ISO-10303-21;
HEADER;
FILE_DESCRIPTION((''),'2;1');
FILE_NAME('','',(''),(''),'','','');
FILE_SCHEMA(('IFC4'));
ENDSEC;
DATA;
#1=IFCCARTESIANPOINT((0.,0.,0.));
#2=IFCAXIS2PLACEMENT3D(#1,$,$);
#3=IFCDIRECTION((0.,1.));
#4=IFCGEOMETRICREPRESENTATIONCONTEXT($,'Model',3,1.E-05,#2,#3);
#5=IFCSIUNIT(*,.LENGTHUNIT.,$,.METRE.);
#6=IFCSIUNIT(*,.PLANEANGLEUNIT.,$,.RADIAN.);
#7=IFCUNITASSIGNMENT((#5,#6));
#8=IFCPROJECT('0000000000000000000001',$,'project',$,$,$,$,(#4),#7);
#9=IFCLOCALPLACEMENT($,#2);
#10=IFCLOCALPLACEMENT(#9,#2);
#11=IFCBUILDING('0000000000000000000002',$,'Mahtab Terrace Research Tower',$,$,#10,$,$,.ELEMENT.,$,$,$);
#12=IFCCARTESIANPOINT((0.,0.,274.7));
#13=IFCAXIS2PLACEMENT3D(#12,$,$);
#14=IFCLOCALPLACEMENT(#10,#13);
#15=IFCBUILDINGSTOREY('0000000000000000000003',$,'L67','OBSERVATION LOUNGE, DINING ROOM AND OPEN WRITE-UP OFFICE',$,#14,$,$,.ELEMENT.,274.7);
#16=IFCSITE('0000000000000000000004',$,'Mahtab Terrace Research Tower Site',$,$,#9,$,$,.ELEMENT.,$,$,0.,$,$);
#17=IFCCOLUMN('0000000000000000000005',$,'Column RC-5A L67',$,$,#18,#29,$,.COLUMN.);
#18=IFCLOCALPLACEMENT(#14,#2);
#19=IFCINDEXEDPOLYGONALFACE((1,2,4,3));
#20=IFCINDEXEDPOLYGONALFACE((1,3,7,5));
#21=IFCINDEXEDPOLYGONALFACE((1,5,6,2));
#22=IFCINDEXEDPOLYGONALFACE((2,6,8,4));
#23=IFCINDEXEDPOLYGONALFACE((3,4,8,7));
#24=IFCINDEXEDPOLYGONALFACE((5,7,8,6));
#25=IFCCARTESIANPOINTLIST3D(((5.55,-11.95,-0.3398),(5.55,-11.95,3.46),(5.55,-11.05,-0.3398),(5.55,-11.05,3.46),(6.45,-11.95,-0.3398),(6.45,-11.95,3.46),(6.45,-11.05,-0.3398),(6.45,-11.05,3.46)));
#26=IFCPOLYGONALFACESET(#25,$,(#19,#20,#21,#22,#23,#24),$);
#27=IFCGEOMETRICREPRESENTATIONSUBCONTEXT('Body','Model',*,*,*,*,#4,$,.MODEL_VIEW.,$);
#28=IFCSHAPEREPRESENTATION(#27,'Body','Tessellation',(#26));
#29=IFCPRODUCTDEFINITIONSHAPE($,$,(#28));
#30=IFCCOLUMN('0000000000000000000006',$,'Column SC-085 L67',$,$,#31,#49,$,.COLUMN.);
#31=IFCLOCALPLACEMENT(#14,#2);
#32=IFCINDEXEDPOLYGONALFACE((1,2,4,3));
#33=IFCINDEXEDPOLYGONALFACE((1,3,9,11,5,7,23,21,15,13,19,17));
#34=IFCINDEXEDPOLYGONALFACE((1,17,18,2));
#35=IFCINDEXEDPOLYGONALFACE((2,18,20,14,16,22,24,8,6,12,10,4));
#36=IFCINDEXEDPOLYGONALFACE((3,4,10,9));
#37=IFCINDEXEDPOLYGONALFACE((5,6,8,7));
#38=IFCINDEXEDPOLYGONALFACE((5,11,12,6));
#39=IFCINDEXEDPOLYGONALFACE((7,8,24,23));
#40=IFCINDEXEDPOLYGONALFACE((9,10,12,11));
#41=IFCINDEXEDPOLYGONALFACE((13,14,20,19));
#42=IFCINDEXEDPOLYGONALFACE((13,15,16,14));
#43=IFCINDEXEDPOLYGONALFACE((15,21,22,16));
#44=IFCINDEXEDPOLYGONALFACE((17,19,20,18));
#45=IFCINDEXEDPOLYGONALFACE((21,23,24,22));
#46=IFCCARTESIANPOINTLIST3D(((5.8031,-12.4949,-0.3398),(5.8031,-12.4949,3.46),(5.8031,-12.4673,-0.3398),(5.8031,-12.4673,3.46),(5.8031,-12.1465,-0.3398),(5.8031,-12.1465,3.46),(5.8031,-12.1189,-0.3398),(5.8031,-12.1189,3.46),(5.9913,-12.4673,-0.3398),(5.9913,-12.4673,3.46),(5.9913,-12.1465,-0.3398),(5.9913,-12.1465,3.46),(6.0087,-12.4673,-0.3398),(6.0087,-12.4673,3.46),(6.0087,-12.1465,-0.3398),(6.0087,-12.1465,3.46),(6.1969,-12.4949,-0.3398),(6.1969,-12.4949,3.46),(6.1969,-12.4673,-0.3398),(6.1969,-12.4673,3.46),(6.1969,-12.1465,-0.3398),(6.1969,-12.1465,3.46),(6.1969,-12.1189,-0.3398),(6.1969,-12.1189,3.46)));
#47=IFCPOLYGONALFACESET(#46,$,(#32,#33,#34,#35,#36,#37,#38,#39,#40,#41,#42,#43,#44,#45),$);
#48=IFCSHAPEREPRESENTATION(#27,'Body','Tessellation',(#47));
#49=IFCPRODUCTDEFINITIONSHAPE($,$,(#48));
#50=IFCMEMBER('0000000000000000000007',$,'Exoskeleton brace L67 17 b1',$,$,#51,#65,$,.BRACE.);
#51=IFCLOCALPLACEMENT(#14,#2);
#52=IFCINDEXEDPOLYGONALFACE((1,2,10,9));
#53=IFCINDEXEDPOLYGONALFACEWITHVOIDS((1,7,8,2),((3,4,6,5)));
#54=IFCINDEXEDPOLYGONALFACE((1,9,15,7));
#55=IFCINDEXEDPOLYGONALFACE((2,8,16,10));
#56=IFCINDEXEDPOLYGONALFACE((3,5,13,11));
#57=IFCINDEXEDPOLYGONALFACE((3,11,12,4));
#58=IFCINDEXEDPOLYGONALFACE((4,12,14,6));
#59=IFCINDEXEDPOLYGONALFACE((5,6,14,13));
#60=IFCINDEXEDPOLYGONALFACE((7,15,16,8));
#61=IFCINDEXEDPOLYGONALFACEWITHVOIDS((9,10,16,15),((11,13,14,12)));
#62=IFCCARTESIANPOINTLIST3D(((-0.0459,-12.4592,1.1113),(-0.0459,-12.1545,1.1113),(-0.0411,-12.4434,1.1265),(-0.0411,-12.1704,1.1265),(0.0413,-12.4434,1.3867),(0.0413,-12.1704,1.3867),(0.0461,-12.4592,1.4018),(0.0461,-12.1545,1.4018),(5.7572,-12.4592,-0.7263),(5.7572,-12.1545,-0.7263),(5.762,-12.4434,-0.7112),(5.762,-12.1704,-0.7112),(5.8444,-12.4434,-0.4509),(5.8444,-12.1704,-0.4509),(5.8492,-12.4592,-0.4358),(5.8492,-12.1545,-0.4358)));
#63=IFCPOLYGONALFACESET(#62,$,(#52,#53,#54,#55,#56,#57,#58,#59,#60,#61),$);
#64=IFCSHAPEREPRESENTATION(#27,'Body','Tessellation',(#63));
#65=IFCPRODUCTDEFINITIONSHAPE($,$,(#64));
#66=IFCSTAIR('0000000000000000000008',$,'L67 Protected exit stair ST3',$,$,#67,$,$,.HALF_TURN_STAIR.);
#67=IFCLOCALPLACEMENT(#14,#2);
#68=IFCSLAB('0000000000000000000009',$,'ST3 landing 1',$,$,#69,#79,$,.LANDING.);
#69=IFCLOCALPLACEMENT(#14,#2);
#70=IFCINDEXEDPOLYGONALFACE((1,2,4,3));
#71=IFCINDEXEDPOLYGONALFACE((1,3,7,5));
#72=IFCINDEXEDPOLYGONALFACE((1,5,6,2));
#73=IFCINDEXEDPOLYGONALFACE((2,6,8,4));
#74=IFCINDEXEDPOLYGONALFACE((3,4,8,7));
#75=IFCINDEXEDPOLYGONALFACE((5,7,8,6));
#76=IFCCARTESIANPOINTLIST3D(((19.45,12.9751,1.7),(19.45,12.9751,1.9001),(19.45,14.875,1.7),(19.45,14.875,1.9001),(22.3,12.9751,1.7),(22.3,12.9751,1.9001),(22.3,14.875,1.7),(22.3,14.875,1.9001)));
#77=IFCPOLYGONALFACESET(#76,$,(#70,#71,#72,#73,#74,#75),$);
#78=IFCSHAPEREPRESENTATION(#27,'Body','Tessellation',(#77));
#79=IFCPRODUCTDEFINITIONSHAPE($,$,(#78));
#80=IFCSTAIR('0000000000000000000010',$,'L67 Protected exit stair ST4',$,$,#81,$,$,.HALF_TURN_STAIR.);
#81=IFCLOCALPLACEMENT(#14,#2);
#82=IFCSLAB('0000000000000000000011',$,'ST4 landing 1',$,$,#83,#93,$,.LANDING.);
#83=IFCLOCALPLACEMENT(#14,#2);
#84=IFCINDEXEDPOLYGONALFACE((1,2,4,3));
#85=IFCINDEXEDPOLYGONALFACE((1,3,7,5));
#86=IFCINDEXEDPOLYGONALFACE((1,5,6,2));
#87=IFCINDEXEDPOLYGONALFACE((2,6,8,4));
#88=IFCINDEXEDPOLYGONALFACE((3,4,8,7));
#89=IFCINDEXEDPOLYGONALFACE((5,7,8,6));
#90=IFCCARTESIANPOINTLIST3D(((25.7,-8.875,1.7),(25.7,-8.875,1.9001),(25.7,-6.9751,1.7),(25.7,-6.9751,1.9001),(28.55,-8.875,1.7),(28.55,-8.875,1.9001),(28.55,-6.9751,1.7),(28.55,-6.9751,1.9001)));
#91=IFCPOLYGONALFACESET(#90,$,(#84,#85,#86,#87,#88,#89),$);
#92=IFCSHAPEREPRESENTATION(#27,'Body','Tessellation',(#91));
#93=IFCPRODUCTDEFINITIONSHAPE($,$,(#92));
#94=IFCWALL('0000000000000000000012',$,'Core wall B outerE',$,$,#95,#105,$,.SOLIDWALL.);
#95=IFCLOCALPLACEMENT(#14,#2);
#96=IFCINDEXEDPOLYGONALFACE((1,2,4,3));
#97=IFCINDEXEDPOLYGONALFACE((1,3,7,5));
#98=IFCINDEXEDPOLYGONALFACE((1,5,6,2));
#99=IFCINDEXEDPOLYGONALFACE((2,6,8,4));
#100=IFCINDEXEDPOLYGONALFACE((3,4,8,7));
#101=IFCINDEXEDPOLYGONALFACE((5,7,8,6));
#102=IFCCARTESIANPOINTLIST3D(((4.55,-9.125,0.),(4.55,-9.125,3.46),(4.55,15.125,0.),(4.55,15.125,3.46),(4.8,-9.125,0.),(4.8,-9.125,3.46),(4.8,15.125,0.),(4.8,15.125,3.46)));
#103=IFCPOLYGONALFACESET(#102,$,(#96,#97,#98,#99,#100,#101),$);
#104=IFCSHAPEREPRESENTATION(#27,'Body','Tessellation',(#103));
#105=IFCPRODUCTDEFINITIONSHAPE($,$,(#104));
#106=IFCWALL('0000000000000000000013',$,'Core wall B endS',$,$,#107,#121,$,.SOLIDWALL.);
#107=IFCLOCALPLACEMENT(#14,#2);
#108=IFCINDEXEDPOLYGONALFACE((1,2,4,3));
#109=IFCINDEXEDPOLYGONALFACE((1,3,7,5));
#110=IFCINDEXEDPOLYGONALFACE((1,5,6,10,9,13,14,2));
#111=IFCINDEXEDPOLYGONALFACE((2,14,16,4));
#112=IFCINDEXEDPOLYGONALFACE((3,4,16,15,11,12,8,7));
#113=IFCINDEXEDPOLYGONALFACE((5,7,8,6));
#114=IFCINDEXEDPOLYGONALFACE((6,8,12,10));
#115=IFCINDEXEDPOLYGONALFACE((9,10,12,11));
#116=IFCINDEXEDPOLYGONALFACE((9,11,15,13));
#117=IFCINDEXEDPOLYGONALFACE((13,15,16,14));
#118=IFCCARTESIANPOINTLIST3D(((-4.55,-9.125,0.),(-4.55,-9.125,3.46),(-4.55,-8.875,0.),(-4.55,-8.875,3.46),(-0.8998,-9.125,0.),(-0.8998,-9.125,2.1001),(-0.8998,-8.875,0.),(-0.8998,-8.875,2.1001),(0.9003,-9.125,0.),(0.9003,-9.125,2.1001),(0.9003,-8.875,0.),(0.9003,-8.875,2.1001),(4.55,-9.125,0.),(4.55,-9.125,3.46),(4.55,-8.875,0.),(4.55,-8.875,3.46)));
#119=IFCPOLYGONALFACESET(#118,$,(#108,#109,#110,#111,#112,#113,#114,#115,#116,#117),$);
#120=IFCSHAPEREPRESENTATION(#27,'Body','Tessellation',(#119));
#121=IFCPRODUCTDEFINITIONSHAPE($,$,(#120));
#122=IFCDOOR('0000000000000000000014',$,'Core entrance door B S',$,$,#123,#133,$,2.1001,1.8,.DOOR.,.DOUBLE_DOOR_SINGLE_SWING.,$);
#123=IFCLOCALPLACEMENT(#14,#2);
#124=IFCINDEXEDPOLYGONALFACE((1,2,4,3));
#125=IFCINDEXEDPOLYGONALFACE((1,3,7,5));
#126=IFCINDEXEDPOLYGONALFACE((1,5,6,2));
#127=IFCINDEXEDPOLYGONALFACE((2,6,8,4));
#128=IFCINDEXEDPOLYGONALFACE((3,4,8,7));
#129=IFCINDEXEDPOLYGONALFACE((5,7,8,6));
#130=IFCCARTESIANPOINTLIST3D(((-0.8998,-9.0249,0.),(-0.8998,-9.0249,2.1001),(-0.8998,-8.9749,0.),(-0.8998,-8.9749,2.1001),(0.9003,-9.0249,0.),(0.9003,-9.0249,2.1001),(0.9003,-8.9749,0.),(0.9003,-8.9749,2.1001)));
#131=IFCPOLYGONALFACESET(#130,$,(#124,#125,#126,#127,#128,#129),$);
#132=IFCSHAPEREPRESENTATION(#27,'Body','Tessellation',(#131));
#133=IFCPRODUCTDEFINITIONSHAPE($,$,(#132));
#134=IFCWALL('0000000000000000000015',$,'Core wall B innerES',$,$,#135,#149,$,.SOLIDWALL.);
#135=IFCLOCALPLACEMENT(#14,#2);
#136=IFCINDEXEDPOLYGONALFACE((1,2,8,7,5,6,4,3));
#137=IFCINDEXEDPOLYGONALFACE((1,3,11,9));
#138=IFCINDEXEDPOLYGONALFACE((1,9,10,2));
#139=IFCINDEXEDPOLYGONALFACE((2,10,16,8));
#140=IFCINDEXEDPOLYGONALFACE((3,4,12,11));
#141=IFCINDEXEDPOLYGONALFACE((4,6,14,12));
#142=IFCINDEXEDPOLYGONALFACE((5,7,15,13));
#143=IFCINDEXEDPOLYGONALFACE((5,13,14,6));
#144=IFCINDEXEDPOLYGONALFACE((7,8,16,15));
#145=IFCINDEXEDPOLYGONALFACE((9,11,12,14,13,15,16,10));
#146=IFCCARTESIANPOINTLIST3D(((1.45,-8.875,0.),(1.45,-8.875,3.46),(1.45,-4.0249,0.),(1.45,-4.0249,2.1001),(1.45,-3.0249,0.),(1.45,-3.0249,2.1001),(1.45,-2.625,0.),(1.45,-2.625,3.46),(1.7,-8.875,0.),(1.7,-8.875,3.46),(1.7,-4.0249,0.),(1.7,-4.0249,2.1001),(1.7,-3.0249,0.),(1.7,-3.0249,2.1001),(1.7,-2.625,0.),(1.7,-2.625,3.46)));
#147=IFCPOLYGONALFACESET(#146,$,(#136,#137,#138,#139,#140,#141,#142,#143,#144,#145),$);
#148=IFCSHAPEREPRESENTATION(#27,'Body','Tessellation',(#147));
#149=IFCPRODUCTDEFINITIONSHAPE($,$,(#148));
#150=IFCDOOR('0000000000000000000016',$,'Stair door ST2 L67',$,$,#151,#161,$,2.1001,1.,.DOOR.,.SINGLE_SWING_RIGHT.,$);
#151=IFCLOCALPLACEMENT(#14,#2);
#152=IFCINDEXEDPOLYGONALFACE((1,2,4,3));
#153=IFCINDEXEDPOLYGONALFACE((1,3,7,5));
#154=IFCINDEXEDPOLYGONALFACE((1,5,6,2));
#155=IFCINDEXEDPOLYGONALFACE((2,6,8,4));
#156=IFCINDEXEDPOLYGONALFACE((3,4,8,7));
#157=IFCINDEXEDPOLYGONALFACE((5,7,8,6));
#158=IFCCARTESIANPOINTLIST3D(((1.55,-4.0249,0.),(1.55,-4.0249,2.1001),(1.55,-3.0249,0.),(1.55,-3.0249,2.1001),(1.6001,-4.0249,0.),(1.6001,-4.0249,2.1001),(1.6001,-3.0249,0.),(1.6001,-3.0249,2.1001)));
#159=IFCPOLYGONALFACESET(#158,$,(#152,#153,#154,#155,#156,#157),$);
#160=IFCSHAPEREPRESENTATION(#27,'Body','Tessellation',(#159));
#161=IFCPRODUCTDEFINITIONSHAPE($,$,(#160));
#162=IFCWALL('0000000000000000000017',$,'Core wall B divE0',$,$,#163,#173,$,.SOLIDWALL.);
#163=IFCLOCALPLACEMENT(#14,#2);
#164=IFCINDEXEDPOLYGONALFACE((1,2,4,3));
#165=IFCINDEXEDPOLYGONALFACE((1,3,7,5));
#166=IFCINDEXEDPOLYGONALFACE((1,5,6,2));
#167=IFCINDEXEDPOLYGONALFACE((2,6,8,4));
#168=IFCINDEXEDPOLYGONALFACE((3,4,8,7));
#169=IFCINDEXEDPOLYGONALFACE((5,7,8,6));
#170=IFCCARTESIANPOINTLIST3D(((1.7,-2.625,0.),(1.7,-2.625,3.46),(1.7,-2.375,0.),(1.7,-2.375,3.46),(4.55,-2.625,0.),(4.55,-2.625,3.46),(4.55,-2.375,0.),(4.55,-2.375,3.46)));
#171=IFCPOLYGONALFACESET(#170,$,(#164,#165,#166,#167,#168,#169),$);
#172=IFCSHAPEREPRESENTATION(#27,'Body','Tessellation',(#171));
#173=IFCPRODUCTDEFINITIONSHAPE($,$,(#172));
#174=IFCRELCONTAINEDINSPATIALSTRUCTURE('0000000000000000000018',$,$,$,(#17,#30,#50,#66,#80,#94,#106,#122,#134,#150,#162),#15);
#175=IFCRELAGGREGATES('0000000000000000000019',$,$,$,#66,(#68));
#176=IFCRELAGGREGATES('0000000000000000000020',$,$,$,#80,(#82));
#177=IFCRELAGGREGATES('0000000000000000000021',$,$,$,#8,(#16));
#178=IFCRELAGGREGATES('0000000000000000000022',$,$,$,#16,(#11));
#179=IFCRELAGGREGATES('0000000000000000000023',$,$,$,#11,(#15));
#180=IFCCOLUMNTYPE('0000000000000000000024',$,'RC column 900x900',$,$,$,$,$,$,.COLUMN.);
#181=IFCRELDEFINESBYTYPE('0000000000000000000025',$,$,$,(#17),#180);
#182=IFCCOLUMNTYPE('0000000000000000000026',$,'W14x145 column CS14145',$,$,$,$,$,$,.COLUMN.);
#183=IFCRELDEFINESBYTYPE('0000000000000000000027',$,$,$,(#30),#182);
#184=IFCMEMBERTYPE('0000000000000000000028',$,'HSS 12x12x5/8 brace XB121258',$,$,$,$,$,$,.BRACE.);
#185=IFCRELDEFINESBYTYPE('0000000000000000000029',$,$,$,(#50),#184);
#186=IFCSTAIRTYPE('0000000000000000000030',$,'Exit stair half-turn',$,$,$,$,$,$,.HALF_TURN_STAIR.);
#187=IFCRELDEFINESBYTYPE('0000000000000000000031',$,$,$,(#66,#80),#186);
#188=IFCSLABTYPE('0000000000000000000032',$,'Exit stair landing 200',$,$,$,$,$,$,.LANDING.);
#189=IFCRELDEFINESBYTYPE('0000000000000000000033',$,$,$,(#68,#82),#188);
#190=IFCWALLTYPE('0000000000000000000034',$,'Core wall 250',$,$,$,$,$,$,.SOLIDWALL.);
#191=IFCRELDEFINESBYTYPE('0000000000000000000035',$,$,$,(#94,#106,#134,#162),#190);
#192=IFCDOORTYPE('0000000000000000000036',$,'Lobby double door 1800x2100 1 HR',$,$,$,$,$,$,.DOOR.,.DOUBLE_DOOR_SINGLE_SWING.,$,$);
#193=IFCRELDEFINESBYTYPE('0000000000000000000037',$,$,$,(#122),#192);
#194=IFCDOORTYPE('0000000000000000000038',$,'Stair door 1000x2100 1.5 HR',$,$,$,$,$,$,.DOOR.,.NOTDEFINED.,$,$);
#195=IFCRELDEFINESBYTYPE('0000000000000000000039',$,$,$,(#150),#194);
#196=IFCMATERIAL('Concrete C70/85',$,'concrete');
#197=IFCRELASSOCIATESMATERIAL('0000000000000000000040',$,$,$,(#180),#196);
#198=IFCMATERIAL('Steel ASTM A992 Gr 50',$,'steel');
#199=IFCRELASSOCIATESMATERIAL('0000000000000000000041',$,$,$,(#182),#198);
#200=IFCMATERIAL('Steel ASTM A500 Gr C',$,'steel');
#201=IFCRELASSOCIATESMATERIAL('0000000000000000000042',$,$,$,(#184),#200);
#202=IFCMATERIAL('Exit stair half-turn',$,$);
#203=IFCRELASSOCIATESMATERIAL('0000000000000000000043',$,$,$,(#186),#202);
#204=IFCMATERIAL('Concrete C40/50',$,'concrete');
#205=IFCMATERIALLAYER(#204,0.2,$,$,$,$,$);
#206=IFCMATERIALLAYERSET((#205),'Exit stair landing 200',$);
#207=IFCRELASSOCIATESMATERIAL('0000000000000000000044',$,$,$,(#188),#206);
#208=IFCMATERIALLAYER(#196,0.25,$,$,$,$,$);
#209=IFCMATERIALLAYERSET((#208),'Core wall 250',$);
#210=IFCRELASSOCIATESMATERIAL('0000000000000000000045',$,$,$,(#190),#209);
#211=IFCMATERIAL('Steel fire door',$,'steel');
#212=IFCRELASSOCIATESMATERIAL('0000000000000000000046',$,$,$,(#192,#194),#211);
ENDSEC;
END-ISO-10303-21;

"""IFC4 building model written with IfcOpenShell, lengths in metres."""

from ifc_helpers import new_model, si_unit, direction, frame, frame_2d, origin, origin_2d, place, context, subcontext, project, spatial, polyline, rectangle, hollow_rectangle, i_section, outline, extrude, material, layer, layer_set, material_profile, profile_set, type_object, element, fill, aggregate, save


model = new_model("IFC4")

# Units and contexts
model_context = context("Model", 3, precision=1e-05, world=origin(), true_north=direction((0.0, 1.0)))
body_context = subcontext(model_context, "Body", "Model", "MODEL_VIEW")
ifc_project = project(units=[si_unit("LENGTHUNIT", "METRE"), si_unit("PLANEANGLEUNIT", "RADIAN")], contexts=[model_context])

# Site, building, storey
site_placement = place(None, origin())
site = spatial("IfcSite", under=ifc_project, at=site_placement, Name="Mahtab Terrace Research Tower Site", CompositionType="ELEMENT", RefElevation=0.0)
building_placement = place(site_placement, origin())
building = spatial("IfcBuilding", under=site, at=building_placement, Name="Mahtab Terrace Research Tower", CompositionType="ELEMENT")
storey_placement = place(building_placement, frame((0.0, 0.0, 274.7)))
storey = spatial("IfcBuildingStorey", under=building, at=storey_placement, Name="L67", Description="OBSERVATION LOUNGE, DINING ROOM AND OPEN WRITE-UP OFFICE", CompositionType="ELEMENT", Elevation=274.7)

# Columns
ifc_material_1 = material(Name="Concrete C70/85", Category="concrete")
ifc_material_profile_1 = material_profile(ifc_material_1, rectangle(XDim=0.8999, YDim=0.8999, at=origin_2d()), Name="RC column 900x900")
ifc_profile_set_1 = profile_set([ifc_material_profile_1], Name="Concrete C70/85")
column_type_1 = type_object("IfcColumnType", Name="RC column 900x900", PredefinedType="COLUMN", material=ifc_profile_set_1)
column_1_placement = place(storey_placement, frame((6.0, -11.5, -0.3398), z_axis=(0.0, 0.0, 1.0), x_axis=(1.0, 0.0, 0.0)))
element("IfcColumn", 1, at=column_1_placement, inside=storey, type_object=column_type_1, Name="Column RC-5A L67", PredefinedType="COLUMN", context=body_context, shape_type="SweptSolid", body=[
    extrude(rectangle(XDim=0.8999, YDim=0.8999, at=origin_2d()), origin(), (0.0, 0.0, 1.0), 3.7998),
])
ifc_material_2 = material(Name="Steel ASTM A992 Gr 50", Category="steel")
ifc_material_profile_2 = material_profile(ifc_material_2, i_section(OverallWidth=0.3938, OverallDepth=0.376, WebThickness=0.0173, FlangeThickness=0.0276, at=origin_2d()), Name="W14X145")
ifc_profile_set_2 = profile_set([ifc_material_profile_2], Name="Steel ASTM A992 Gr 50")
column_type_2 = type_object("IfcColumnType", Name="W14x145 column CS14145", PredefinedType="COLUMN", material=ifc_profile_set_2)
column_2_placement = place(storey_placement, frame((6.0, -12.3069, -0.3398), z_axis=(0.0, 0.0, 1.0), x_axis=(1.0, 0.0, 0.0)))
element("IfcColumn", 2, at=column_2_placement, inside=storey, type_object=column_type_2, Name="Column SC-085 L67", PredefinedType="COLUMN", context=body_context, shape_type="SweptSolid", body=[
    extrude(i_section(OverallWidth=0.3938, OverallDepth=0.376, WebThickness=0.0173, FlangeThickness=0.0276, at=origin_2d()), origin(), (0.0, 0.0, 1.0), 3.7998),
])

# Member
ifc_material_3 = material(Name="Steel ASTM A500 Gr C", Category="steel")
ifc_material_profile_3 = material_profile(ifc_material_3, hollow_rectangle(XDim=0.3047, YDim=0.3047, WallThickness=0.0159, at=origin_2d()), Name="HSS12X12X5/8")
ifc_profile_set_3 = profile_set([ifc_material_profile_3], Name="Steel ASTM A500 Gr C")
member_type = type_object("IfcMemberType", Name="HSS 12x12x5/8 brace XB121258", PredefinedType="BRACE", material=ifc_profile_set_3)
member_placement = place(storey_placement, frame((5.8032, -12.3069, -0.5811), z_axis=(-0.953344, 0.0, 0.301886), x_axis=(0.0, -1.0, 0.0)))
element("IfcMember", 3, at=member_placement, inside=storey, type_object=member_type, Name="Exoskeleton brace L67 17 b1", PredefinedType="BRACE", context=body_context, shape_type="SweptSolid", body=[
    extrude(hollow_rectangle(XDim=0.3047, YDim=0.3047, WallThickness=0.0159, at=origin_2d()), origin(), (0.0, 0.0, 1.0), 6.0872),
])

# Stairs, slabs
ifc_material_4 = material(Name="Exit stair half-turn")
stair_type = type_object("IfcStairType", Name="Exit stair half-turn", PredefinedType="HALF_TURN_STAIR", material=ifc_material_4)
stair_1_placement = place(storey_placement, origin())
stair_1 = element("IfcStair", 4, at=stair_1_placement, inside=storey, type_object=stair_type, Name="L67 Protected exit stair ST3", PredefinedType="HALF_TURN_STAIR")
ifc_material_5 = material(Name="Concrete C40/50", Category="concrete")
ifc_layer_1 = layer(ifc_material_5, 0.2)
ifc_layer_set_1 = layer_set([ifc_layer_1], Name="Exit stair landing 200")
slab_type = type_object("IfcSlabType", Name="Exit stair landing 200", PredefinedType="LANDING", material=ifc_layer_set_1)
slab_1_placement = place(storey_placement, frame((0.0, 0.0, 1.7)))
slab_1 = element("IfcSlab", 5, at=slab_1_placement, type_object=slab_type, Name="ST3 landing 1", PredefinedType="LANDING", context=body_context, shape_type="SweptSolid", body=[
    extrude(outline(polyline([(22.3, 12.9751), (22.3, 14.875), (19.45, 14.875), (19.45, 12.9751), (22.3, 12.9751)])), origin(), (0.0, 0.0, 1.0), 0.2002),
])
aggregate(stair_1, [slab_1])
stair_2_placement = place(storey_placement, origin())
stair_2 = element("IfcStair", 6, at=stair_2_placement, inside=storey, type_object=stair_type, Name="L67 Protected exit stair ST4", PredefinedType="HALF_TURN_STAIR")
slab_2_placement = place(storey_placement, frame((0.0, 0.0, 1.7)))
slab_2 = element("IfcSlab", 7, at=slab_2_placement, type_object=slab_type, Name="ST4 landing 1", PredefinedType="LANDING", context=body_context, shape_type="SweptSolid", body=[
    extrude(outline(polyline([(25.7, -6.9751), (25.7, -8.875), (28.55, -8.875), (28.55, -6.9751), (25.7, -6.9751)])), origin(), (0.0, 0.0, 1.0), 0.2002),
])
aggregate(stair_2, [slab_2])

# Wall
ifc_layer_2 = layer(ifc_material_1, 0.25)
ifc_layer_set_2 = layer_set([ifc_layer_2], Name="Core wall 250")
wall_type = type_object("IfcWallType", Name="Core wall 250", PredefinedType="SOLIDWALL", material=ifc_layer_set_2)
wall_1_placement = place(storey_placement, frame((4.675, -9.125, 0.0), z_axis=(0.0, 0.0, 1.0), x_axis=(0.0, 1.0, 0.0)))
element("IfcWall", 8, at=wall_1_placement, inside=storey, type_object=wall_type, Name="Core wall B outerE", PredefinedType="SOLIDWALL", context=body_context, shape_type="SweptSolid", body=[
    extrude(rectangle(XDim=24.25, YDim=0.25, at=frame_2d((12.125, 0.0))), origin(), (0.0, 0.0, 1.0), 3.46),
])

# Walls, openings, doors
wall_2_placement = place(storey_placement, frame((4.55, -9.0, 0.0), z_axis=(0.0, 0.0, 1.0), x_axis=(-1.0, 0.0, 0.0)))
wall_2 = element("IfcWall", 9, at=wall_2_placement, inside=storey, type_object=wall_type, Name="Core wall B endS", PredefinedType="SOLIDWALL", context=body_context, shape_type="SweptSolid", body=[
    extrude(rectangle(XDim=9.1001, YDim=0.25, at=frame_2d((4.55, 0.0))), origin(), (0.0, 0.0, 1.0), 3.46),
])
opening_1_placement = place(wall_2_placement, frame((3.6499, 0.0, 0.0)))
opening_1 = element("IfcOpeningElement", 10, at=opening_1_placement, cuts=wall_2, PredefinedType="OPENING", context=body_context, shape_type="SweptSolid", body=[
    extrude(rectangle(XDim=1.8, YDim=2.1001, at=frame_2d((0.8999, 1.05))), frame((0.0, 0.135, 0.0), z_axis=(0.0, -1.0, 0.0), x_axis=(1.0, 0.0, 0.0)), (0.0, 0.0, 1.0), 0.27),
])
ifc_material_6 = material(Name="Steel fire door", Category="steel")
door_type_1 = type_object("IfcDoorType", Name="Lobby double door 1800x2100 1 HR", OperationType="DOUBLE_DOOR_SINGLE_SWING", PredefinedType="DOOR", material=ifc_material_6)
door_1_placement = place(opening_1_placement, origin())
door_1 = element("IfcDoor", 11, at=door_1_placement, inside=storey, type_object=door_type_1, Name="Core entrance door B S", OperationType="DOUBLE_DOOR_SINGLE_SWING", OverallHeight=2.1001, OverallWidth=1.8, PredefinedType="DOOR", context=body_context, shape_type="SweptSolid", body=[
    extrude(rectangle(XDim=1.8, YDim=2.1001, at=frame_2d((0.8999, 1.05))), frame((0.0, 0.0249, 0.0), z_axis=(0.0, -1.0, 0.0), x_axis=(1.0, 0.0, 0.0)), (0.0, 0.0, 1.0), 0.05),
])
fill(opening_1, door_1)
wall_3_placement = place(storey_placement, frame((1.575, -8.875, 0.0), z_axis=(0.0, 0.0, 1.0), x_axis=(0.0, 1.0, 0.0)))
wall_3 = element("IfcWall", 12, at=wall_3_placement, inside=storey, type_object=wall_type, Name="Core wall B innerES", PredefinedType="SOLIDWALL", context=body_context, shape_type="SweptSolid", body=[
    extrude(rectangle(XDim=6.25, YDim=0.25, at=frame_2d((3.125, 0.0))), origin(), (0.0, 0.0, 1.0), 3.46),
])
opening_2_placement = place(wall_3_placement, frame((4.8501, 0.0, 0.0)))
opening_2 = element("IfcOpeningElement", 13, at=opening_2_placement, cuts=wall_3, PredefinedType="OPENING", context=body_context, shape_type="SweptSolid", body=[
    extrude(rectangle(XDim=1.0, YDim=2.1001, at=frame_2d((0.5, 1.05))), frame((0.0, 0.135, 0.0), z_axis=(0.0, -1.0, 0.0), x_axis=(1.0, 0.0, 0.0)), (0.0, 0.0, 1.0), 0.27),
])
door_type_2 = type_object("IfcDoorType", Name="Stair door 1000x2100 1.5 HR", OperationType="NOTDEFINED", PredefinedType="DOOR", material=ifc_material_6)
door_2_placement = place(opening_2_placement, origin())
door_2 = element("IfcDoor", 14, at=door_2_placement, inside=storey, type_object=door_type_2, Name="Stair door ST2 L67", OperationType="SINGLE_SWING_RIGHT", OverallHeight=2.1001, OverallWidth=1.0, PredefinedType="DOOR", context=body_context, shape_type="SweptSolid", body=[
    extrude(rectangle(XDim=1.0, YDim=2.1001, at=frame_2d((0.5, 1.05))), frame((0.0, 0.0249, 0.0), z_axis=(0.0, -1.0, 0.0), x_axis=(1.0, 0.0, 0.0)), (0.0, 0.0, 1.0), 0.05),
])
fill(opening_2, door_2)

# Wall
for number, where, z_axis, x_axis, name in (
    (15, (1.7, -2.5, 0.0), (0.0, 0.0, 1.0), (1.0, 0.0, 0.0), "Core wall B divE0"),
):
    element("IfcWall", number, at=place(storey_placement, frame(where, z_axis=z_axis, x_axis=x_axis)), inside=storey, type_object=wall_type, Name=name, PredefinedType="SOLIDWALL", context=body_context, shape_type="SweptSolid", body=[
        extrude(rectangle(XDim=2.8501, YDim=0.25, at=frame_2d((1.425, 0.0))), origin(), (0.0, 0.0, 1.0), 3.46),
    ])

save(model, "model.ifc")
